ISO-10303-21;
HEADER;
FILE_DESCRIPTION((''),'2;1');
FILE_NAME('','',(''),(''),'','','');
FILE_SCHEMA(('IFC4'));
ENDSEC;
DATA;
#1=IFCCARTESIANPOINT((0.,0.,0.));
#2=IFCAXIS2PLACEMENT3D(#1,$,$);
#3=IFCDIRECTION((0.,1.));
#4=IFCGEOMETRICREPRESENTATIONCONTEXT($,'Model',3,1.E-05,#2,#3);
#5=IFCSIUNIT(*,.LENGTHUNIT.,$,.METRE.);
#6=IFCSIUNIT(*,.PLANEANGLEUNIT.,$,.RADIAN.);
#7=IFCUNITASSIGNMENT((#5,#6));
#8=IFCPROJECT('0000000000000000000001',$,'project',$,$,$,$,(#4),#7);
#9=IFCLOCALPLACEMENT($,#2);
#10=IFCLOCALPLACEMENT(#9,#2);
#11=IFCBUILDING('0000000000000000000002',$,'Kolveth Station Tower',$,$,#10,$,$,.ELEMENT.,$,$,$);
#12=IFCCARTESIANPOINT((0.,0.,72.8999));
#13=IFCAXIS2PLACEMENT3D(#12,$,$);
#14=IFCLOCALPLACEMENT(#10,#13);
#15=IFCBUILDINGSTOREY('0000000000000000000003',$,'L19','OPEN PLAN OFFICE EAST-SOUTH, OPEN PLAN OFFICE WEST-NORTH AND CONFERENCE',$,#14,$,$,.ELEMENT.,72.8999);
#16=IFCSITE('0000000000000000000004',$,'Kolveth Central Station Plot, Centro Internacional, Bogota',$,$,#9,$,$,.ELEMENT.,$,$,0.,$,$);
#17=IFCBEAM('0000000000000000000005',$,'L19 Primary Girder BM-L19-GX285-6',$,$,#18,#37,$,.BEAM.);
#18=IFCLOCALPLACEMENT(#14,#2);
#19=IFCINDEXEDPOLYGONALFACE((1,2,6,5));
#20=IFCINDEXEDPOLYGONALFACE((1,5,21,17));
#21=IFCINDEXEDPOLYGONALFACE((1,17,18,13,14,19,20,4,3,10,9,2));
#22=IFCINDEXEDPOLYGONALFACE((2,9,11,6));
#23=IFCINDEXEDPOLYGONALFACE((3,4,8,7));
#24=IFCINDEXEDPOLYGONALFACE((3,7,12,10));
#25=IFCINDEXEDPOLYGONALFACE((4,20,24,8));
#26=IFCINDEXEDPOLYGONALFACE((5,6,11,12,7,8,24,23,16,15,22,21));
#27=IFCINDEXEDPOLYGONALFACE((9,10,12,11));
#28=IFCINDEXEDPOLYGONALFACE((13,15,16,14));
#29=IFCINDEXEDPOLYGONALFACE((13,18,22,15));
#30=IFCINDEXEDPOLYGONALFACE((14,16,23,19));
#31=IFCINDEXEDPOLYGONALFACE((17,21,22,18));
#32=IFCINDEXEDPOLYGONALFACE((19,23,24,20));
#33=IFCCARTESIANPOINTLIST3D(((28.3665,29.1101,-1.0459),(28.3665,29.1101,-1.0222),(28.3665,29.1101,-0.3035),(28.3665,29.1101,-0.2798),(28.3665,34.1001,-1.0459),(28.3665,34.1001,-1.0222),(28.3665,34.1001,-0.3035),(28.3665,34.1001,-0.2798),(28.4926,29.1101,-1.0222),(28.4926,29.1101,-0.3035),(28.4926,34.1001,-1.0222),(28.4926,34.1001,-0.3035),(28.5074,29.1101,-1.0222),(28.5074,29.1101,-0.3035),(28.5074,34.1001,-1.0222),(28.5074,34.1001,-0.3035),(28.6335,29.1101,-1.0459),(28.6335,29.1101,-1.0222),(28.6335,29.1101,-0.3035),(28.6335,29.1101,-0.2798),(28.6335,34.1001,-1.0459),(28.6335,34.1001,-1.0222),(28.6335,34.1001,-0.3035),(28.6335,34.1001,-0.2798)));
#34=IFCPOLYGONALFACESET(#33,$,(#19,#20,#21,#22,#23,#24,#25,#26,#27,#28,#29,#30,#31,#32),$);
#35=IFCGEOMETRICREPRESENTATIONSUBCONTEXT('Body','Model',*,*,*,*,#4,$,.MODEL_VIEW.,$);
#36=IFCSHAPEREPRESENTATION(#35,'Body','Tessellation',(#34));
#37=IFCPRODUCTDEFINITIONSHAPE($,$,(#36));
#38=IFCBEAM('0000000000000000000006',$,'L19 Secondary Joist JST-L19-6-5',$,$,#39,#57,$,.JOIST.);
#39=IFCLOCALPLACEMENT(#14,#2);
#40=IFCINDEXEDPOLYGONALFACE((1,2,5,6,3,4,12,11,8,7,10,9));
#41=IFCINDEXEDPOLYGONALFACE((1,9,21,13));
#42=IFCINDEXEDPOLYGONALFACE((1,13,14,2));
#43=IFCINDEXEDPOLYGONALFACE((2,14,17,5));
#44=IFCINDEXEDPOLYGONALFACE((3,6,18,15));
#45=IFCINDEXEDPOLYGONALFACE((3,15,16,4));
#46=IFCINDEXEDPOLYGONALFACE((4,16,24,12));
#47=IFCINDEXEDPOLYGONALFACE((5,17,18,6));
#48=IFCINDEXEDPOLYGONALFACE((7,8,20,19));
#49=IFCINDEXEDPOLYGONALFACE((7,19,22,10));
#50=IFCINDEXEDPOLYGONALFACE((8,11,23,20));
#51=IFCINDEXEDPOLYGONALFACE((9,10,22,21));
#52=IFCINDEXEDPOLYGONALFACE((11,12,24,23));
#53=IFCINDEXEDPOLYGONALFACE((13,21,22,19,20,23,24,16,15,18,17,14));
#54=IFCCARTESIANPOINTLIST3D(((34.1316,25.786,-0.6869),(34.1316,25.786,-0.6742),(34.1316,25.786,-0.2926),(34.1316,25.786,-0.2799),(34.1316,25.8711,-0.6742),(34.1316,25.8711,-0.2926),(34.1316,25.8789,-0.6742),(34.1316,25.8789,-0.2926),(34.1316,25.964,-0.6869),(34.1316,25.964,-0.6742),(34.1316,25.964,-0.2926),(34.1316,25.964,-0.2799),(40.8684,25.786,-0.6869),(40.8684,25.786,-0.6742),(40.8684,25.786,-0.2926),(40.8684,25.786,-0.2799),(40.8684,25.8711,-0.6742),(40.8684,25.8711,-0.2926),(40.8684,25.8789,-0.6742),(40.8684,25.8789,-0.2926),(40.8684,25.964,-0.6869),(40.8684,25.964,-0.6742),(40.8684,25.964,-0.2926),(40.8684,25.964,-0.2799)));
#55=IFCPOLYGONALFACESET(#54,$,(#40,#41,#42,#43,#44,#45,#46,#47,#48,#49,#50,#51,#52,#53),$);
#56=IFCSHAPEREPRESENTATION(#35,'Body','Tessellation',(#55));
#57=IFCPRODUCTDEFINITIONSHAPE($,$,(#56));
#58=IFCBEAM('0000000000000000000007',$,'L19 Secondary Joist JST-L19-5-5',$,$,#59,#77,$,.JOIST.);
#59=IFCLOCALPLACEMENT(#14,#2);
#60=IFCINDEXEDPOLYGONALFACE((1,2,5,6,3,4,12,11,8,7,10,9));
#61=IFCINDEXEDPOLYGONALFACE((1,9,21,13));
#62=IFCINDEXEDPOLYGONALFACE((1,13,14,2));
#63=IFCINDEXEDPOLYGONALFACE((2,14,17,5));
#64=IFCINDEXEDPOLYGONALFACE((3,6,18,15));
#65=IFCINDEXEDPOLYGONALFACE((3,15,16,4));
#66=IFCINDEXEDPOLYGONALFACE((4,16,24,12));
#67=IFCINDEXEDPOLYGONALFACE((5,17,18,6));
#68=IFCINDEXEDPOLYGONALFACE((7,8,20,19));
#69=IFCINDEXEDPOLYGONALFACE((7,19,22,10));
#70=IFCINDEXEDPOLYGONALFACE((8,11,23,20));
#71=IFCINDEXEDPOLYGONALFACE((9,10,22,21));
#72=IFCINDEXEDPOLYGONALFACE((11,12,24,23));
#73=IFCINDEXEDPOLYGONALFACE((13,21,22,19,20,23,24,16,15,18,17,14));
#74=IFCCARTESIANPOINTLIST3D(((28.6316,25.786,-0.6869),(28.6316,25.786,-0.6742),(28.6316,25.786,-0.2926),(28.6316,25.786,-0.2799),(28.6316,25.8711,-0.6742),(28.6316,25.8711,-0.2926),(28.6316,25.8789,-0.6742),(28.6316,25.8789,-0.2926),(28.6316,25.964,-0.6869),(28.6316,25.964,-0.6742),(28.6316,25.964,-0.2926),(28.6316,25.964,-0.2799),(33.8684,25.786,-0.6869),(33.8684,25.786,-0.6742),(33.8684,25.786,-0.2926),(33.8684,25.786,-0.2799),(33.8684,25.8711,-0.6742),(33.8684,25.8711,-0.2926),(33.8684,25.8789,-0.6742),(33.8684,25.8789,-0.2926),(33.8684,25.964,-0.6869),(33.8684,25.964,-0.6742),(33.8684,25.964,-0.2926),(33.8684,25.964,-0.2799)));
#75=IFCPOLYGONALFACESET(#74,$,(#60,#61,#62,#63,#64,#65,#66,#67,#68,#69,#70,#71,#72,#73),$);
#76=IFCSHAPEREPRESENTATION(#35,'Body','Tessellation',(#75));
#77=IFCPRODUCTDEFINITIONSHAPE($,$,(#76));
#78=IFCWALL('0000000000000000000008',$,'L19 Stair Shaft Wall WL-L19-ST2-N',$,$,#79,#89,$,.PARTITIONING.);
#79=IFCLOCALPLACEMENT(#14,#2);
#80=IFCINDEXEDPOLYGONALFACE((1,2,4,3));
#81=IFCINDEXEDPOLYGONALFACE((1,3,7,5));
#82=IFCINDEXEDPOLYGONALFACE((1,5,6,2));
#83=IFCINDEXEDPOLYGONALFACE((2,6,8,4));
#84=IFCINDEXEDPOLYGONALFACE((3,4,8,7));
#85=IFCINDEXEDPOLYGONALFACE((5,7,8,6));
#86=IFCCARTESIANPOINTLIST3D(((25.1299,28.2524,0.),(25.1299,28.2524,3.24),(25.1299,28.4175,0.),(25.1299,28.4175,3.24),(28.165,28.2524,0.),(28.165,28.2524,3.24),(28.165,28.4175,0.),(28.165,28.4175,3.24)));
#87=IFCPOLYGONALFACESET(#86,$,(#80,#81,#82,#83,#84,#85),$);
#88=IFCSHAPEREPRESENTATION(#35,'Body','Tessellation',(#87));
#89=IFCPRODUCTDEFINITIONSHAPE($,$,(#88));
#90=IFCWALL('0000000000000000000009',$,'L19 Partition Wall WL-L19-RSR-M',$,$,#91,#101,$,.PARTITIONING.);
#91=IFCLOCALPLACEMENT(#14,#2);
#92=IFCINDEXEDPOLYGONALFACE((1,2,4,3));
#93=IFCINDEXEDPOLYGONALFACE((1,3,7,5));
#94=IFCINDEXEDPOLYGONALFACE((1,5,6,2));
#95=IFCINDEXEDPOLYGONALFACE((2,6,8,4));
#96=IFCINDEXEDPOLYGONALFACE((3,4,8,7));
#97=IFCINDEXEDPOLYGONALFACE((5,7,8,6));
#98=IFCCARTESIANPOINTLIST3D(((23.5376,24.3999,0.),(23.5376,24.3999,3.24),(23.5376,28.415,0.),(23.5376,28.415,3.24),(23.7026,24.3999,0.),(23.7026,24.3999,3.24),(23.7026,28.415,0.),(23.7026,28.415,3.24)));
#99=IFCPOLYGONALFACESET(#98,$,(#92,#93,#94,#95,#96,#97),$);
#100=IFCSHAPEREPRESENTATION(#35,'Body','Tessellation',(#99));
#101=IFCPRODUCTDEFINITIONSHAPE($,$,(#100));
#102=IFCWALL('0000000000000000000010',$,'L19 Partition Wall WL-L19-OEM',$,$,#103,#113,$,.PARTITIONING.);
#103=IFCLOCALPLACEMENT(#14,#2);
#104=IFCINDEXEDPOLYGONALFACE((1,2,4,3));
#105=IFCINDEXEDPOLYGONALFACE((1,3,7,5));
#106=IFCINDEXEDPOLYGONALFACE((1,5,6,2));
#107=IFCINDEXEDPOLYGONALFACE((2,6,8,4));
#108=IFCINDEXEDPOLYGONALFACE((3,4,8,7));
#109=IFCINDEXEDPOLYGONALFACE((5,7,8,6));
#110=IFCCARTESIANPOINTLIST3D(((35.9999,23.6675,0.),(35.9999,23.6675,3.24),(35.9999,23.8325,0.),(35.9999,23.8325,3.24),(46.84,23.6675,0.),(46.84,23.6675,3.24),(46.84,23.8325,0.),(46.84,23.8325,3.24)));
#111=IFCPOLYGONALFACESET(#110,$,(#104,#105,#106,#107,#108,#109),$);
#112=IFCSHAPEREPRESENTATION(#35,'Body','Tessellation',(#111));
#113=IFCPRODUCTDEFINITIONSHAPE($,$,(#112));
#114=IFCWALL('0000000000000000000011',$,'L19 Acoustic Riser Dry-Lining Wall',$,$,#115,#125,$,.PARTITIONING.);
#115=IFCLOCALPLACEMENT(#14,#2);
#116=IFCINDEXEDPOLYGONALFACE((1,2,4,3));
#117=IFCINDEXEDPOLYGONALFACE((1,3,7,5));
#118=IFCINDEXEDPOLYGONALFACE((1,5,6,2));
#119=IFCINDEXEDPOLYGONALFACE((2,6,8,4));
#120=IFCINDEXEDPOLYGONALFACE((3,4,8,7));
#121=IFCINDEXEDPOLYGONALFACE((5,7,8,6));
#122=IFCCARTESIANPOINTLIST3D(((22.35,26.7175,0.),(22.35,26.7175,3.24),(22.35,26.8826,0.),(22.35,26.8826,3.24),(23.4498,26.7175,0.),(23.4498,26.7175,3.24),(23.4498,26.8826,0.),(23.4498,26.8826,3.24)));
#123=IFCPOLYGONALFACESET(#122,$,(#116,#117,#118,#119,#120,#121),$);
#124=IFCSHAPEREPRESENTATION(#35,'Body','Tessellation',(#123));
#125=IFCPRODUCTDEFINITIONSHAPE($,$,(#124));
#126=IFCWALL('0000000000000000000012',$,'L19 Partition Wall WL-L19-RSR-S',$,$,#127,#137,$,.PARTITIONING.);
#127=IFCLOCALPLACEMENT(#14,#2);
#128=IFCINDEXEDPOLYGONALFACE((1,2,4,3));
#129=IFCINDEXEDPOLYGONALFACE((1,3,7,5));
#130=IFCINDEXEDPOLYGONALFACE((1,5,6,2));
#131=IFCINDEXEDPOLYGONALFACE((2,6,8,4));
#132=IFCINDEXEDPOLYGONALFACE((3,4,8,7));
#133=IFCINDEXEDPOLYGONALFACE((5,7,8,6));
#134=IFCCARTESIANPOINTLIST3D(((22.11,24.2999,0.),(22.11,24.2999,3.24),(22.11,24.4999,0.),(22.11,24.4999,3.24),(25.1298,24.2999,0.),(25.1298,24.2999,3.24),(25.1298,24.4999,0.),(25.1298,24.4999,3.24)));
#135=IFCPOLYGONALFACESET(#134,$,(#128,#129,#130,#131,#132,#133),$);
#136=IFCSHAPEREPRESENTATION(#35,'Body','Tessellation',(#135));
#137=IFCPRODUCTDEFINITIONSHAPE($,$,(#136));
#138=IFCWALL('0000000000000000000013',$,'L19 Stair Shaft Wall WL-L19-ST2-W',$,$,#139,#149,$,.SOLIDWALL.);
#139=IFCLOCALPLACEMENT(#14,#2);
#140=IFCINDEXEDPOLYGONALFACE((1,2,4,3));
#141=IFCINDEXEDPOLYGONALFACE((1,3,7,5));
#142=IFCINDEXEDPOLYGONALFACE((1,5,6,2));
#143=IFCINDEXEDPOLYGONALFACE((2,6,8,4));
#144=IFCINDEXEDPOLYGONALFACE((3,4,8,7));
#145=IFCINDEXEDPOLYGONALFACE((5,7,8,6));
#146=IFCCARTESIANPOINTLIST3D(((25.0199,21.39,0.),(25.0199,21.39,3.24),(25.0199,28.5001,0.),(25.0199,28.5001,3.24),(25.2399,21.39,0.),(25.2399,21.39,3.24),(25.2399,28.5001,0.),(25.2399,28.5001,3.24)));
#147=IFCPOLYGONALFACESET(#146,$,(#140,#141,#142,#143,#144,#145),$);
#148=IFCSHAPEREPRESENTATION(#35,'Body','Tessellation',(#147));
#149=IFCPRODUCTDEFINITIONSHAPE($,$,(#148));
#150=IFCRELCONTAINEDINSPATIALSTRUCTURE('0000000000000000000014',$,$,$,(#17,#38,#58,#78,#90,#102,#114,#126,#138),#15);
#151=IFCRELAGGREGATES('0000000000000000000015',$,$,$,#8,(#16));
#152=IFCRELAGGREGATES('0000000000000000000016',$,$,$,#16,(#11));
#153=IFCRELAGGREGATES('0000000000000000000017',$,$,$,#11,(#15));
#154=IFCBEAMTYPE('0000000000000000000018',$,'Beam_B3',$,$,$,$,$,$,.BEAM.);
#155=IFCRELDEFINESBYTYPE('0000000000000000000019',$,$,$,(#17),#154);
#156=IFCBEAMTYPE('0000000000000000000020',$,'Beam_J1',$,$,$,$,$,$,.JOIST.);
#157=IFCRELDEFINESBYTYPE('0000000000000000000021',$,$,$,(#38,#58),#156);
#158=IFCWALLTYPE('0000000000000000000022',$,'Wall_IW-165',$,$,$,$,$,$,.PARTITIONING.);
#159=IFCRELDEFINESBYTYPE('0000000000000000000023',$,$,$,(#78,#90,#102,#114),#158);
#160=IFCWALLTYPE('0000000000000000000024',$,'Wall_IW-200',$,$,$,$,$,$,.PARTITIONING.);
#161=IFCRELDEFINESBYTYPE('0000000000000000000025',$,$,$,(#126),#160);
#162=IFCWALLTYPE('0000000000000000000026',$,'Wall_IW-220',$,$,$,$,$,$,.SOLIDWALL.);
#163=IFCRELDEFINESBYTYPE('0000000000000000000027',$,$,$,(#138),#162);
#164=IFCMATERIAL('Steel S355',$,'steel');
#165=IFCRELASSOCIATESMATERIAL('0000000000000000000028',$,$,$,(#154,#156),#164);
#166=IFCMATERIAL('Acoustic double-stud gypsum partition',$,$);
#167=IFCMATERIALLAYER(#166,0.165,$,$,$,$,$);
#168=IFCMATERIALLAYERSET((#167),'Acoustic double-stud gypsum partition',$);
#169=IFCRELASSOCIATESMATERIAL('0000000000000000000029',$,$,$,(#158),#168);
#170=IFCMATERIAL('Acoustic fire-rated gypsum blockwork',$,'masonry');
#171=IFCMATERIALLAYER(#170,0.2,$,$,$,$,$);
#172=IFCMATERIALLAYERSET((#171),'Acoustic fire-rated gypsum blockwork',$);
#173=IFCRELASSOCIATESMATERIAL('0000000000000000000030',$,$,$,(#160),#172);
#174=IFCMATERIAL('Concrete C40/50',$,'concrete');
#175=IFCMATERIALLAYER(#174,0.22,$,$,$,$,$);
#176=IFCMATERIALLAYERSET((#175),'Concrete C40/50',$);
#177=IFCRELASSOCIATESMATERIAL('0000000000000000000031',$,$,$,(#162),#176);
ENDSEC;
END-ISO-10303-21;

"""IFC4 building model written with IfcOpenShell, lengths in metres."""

from ifc_helpers import new_model, si_unit, direction, frame, frame_2d, origin, origin_2d, place, context, subcontext, project, spatial, rectangle, i_section, extrude, source, transform, mapped, material, layer, layer_set, material_profile, profile_set, type_object, element, save


model = new_model("IFC4")

# Units and contexts
model_context = context("Model", 3, precision=1e-05, world=origin(), true_north=direction((0.0, 1.0)))
body_context = subcontext(model_context, "Body", "Model", "MODEL_VIEW")
ifc_project = project(units=[si_unit("LENGTHUNIT", "METRE"), si_unit("PLANEANGLEUNIT", "RADIAN")], contexts=[model_context])

# Site, building, storey
site_placement = place(None, origin())
site = spatial("IfcSite", under=ifc_project, at=site_placement, Name="Kolveth Central Station Plot, Centro Internacional, Bogota", CompositionType="ELEMENT", RefElevation=0.0)
building_placement = place(site_placement, origin())
building = spatial("IfcBuilding", under=site, at=building_placement, Name="Kolveth Station Tower", CompositionType="ELEMENT")
storey_placement = place(building_placement, frame((0.0, 0.0, 72.8999)))
storey = spatial("IfcBuildingStorey", under=building, at=storey_placement, Name="L19", Description="OPEN PLAN OFFICE EAST-SOUTH, OPEN PLAN OFFICE WEST-NORTH AND CONFERENCE", CompositionType="ELEMENT", Elevation=72.8999)

# Beams
ifc_material_1 = material(Name="Steel S355", Category="steel")
ifc_material_profile_1 = material_profile(ifc_material_1, i_section(OverallWidth=0.2671, OverallDepth=0.7661, WebThickness=0.0149, FlangeThickness=0.0237, at=origin_2d()), Name="W760x185")
ifc_profile_set_1 = profile_set([ifc_material_profile_1], Name="Steel S355")
beam_type_1 = type_object("IfcBeamType", Name="Beam_B3", PredefinedType="BEAM", material=ifc_profile_set_1)
shared_shape_1 = source(origin(), body_context, "Body", "SweptSolid", [
    extrude(i_section(OverallWidth=0.2671, OverallDepth=0.7661, WebThickness=0.0149, FlangeThickness=0.0237, at=origin_2d()), origin(), (0.0, 0.0, 1.0), 4.99),
])
beam_1_placement = place(storey_placement, frame((28.5, 29.1101, -0.6628), z_axis=(0.0, 1.0, 0.0), x_axis=(-1.0, 0.0, 0.0)))
element("IfcBeam", 1, at=beam_1_placement, inside=storey, type_object=beam_type_1, Name="L19 Primary Girder BM-L19-GX285-6", PredefinedType="BEAM", context=body_context, shape_type="MappedRepresentation", body=[
    mapped(shared_shape_1, transform((0.0, 0.0, 0.0), x_axis=(1.0, 0.0, 0.0), y_axis=(0.0, 1.0, 0.0), z_axis=(0.0, 0.0, 1.0), scale=1.0)),
])
ifc_material_profile_2 = material_profile(ifc_material_1, i_section(OverallWidth=0.178, OverallDepth=0.407, WebThickness=0.0078, FlangeThickness=0.0127, at=origin_2d()), Name="W410x60")
ifc_profile_set_2 = profile_set([ifc_material_profile_2], Name="Steel S355")
beam_type_2 = type_object("IfcBeamType", Name="Beam_J1", PredefinedType="JOIST", material=ifc_profile_set_2)
shared_shape_2 = source(origin(), body_context, "Body", "SweptSolid", [
    extrude(i_section(OverallWidth=0.178, OverallDepth=0.407, WebThickness=0.0078, FlangeThickness=0.0127, at=origin_2d()), origin(), (0.0, 0.0, 1.0), 6.7368),
])
beam_2_placement = place(storey_placement, frame((34.1316, 25.875, -0.4834), z_axis=(1.0, 0.0, 0.0), x_axis=(0.0, 1.0, 0.0)))
element("IfcBeam", 2, at=beam_2_placement, inside=storey, type_object=beam_type_2, Name="L19 Secondary Joist JST-L19-6-5", PredefinedType="JOIST", context=body_context, shape_type="MappedRepresentation", body=[
    mapped(shared_shape_2, transform((0.0, 0.0, 0.0), x_axis=(1.0, 0.0, 0.0), y_axis=(0.0, 1.0, 0.0), z_axis=(0.0, 0.0, 1.0), scale=1.0)),
])
shared_shape_3 = source(origin(), body_context, "Body", "SweptSolid", [
    extrude(i_section(OverallWidth=0.178, OverallDepth=0.407, WebThickness=0.0078, FlangeThickness=0.0127, at=origin_2d()), origin(), (0.0, 0.0, 1.0), 5.2368),
])
beam_3_placement = place(storey_placement, frame((28.6316, 25.875, -0.4834), z_axis=(1.0, 0.0, 0.0), x_axis=(0.0, 1.0, 0.0)))
element("IfcBeam", 3, at=beam_3_placement, inside=storey, type_object=beam_type_2, Name="L19 Secondary Joist JST-L19-5-5", PredefinedType="JOIST", context=body_context, shape_type="MappedRepresentation", body=[
    mapped(shared_shape_3, transform((0.0, 0.0, 0.0), x_axis=(1.0, 0.0, 0.0), y_axis=(0.0, 1.0, 0.0), z_axis=(0.0, 0.0, 1.0), scale=1.0)),
])

# Walls
ifc_material_2 = material(Name="Acoustic double-stud gypsum partition")
ifc_layer_1 = layer(ifc_material_2, 0.165)
ifc_layer_set_1 = layer_set([ifc_layer_1], Name="Acoustic double-stud gypsum partition")
wall_type_1 = type_object("IfcWallType", Name="Wall_IW-165", PredefinedType="PARTITIONING", material=ifc_layer_set_1)
wall_1_placement = place(storey_placement, frame((25.1299, 28.335, 0.0), z_axis=(0.0, 0.0, 1.0), x_axis=(1.0, 0.0, 0.0)))
element("IfcWall", 4, at=wall_1_placement, inside=storey, type_object=wall_type_1, Name="L19 Stair Shaft Wall WL-L19-ST2-N", PredefinedType="PARTITIONING", context=body_context, shape_type="SweptSolid", body=[
    extrude(rectangle(XDim=3.0352, YDim=0.165, at=frame_2d((1.5176, 0.0))), origin(), (0.0, 0.0, 1.0), 3.24),
])
wall_2_placement = place(storey_placement, frame((23.6201, 24.3999, 0.0), z_axis=(0.0, 0.0, 1.0), x_axis=(0.0, 1.0, 0.0)))
element("IfcWall", 5, at=wall_2_placement, inside=storey, type_object=wall_type_1, Name="L19 Partition Wall WL-L19-RSR-M", PredefinedType="PARTITIONING", context=body_context, shape_type="SweptSolid", body=[
    extrude(rectangle(XDim=4.0151, YDim=0.165, at=frame_2d((2.0076, 0.0))), origin(), (0.0, 0.0, 1.0), 3.24),
])
wall_3_placement = place(storey_placement, frame((36.0, 23.75, 0.0), z_axis=(0.0, 0.0, 1.0), x_axis=(1.0, 0.0, 0.0)))
element("IfcWall", 6, at=wall_3_placement, inside=storey, type_object=wall_type_1, Name="L19 Partition Wall WL-L19-OEM", PredefinedType="PARTITIONING", context=body_context, shape_type="SweptSolid", body=[
    extrude(rectangle(XDim=10.8401, YDim=0.165, at=frame_2d((5.4199, 0.0))), origin(), (0.0, 0.0, 1.0), 3.24),
])
wall_4_placement = place(storey_placement, frame((22.3501, 26.8, 0.0), z_axis=(0.0, 0.0, 1.0), x_axis=(1.0, 0.0, 0.0)))
element("IfcWall", 7, at=wall_4_placement, inside=storey, type_object=wall_type_1, Name="L19 Acoustic Riser Dry-Lining Wall", PredefinedType="PARTITIONING", context=body_context, shape_type="SweptSolid", body=[
    extrude(rectangle(XDim=1.0999, YDim=0.165, at=frame_2d((0.5498, 0.0))), origin(), (0.0, 0.0, 1.0), 3.24),
])
ifc_material_3 = material(Name="Acoustic fire-rated gypsum blockwork", Category="masonry")
ifc_layer_2 = layer(ifc_material_3, 0.2)
ifc_layer_set_2 = layer_set([ifc_layer_2], Name="Acoustic fire-rated gypsum blockwork")
wall_type_2 = type_object("IfcWallType", Name="Wall_IW-200", PredefinedType="PARTITIONING", material=ifc_layer_set_2)
wall_5_placement = place(storey_placement, frame((22.1101, 24.3999, 0.0), z_axis=(0.0, 0.0, 1.0), x_axis=(1.0, 0.0, 0.0)))
element("IfcWall", 8, at=wall_5_placement, inside=storey, type_object=wall_type_2, Name="L19 Partition Wall WL-L19-RSR-S", PredefinedType="PARTITIONING", context=body_context, shape_type="SweptSolid", body=[
    extrude(rectangle(XDim=3.0198, YDim=0.2, at=frame_2d((1.5098, 0.0))), origin(), (0.0, 0.0, 1.0), 3.24),
])
ifc_material_4 = material(Name="Concrete C40/50", Category="concrete")
ifc_layer_3 = layer(ifc_material_4, 0.22)
ifc_layer_set_3 = layer_set([ifc_layer_3], Name="Concrete C40/50")
wall_type_3 = type_object("IfcWallType", Name="Wall_IW-220", PredefinedType="SOLIDWALL", material=ifc_layer_set_3)
wall_6_placement = place(storey_placement, frame((25.1299, 21.3899, 0.0), z_axis=(0.0, 0.0, 1.0), x_axis=(0.0, 1.0, 0.0)))
element("IfcWall", 9, at=wall_6_placement, inside=storey, type_object=wall_type_3, Name="L19 Stair Shaft Wall WL-L19-ST2-W", PredefinedType="SOLIDWALL", context=body_context, shape_type="SweptSolid", body=[
    extrude(rectangle(XDim=7.1101, YDim=0.22, at=frame_2d((3.5552, 0.0))), origin(), (0.0, 0.0, 1.0), 3.24),
])

save(model, "model.ifc")
